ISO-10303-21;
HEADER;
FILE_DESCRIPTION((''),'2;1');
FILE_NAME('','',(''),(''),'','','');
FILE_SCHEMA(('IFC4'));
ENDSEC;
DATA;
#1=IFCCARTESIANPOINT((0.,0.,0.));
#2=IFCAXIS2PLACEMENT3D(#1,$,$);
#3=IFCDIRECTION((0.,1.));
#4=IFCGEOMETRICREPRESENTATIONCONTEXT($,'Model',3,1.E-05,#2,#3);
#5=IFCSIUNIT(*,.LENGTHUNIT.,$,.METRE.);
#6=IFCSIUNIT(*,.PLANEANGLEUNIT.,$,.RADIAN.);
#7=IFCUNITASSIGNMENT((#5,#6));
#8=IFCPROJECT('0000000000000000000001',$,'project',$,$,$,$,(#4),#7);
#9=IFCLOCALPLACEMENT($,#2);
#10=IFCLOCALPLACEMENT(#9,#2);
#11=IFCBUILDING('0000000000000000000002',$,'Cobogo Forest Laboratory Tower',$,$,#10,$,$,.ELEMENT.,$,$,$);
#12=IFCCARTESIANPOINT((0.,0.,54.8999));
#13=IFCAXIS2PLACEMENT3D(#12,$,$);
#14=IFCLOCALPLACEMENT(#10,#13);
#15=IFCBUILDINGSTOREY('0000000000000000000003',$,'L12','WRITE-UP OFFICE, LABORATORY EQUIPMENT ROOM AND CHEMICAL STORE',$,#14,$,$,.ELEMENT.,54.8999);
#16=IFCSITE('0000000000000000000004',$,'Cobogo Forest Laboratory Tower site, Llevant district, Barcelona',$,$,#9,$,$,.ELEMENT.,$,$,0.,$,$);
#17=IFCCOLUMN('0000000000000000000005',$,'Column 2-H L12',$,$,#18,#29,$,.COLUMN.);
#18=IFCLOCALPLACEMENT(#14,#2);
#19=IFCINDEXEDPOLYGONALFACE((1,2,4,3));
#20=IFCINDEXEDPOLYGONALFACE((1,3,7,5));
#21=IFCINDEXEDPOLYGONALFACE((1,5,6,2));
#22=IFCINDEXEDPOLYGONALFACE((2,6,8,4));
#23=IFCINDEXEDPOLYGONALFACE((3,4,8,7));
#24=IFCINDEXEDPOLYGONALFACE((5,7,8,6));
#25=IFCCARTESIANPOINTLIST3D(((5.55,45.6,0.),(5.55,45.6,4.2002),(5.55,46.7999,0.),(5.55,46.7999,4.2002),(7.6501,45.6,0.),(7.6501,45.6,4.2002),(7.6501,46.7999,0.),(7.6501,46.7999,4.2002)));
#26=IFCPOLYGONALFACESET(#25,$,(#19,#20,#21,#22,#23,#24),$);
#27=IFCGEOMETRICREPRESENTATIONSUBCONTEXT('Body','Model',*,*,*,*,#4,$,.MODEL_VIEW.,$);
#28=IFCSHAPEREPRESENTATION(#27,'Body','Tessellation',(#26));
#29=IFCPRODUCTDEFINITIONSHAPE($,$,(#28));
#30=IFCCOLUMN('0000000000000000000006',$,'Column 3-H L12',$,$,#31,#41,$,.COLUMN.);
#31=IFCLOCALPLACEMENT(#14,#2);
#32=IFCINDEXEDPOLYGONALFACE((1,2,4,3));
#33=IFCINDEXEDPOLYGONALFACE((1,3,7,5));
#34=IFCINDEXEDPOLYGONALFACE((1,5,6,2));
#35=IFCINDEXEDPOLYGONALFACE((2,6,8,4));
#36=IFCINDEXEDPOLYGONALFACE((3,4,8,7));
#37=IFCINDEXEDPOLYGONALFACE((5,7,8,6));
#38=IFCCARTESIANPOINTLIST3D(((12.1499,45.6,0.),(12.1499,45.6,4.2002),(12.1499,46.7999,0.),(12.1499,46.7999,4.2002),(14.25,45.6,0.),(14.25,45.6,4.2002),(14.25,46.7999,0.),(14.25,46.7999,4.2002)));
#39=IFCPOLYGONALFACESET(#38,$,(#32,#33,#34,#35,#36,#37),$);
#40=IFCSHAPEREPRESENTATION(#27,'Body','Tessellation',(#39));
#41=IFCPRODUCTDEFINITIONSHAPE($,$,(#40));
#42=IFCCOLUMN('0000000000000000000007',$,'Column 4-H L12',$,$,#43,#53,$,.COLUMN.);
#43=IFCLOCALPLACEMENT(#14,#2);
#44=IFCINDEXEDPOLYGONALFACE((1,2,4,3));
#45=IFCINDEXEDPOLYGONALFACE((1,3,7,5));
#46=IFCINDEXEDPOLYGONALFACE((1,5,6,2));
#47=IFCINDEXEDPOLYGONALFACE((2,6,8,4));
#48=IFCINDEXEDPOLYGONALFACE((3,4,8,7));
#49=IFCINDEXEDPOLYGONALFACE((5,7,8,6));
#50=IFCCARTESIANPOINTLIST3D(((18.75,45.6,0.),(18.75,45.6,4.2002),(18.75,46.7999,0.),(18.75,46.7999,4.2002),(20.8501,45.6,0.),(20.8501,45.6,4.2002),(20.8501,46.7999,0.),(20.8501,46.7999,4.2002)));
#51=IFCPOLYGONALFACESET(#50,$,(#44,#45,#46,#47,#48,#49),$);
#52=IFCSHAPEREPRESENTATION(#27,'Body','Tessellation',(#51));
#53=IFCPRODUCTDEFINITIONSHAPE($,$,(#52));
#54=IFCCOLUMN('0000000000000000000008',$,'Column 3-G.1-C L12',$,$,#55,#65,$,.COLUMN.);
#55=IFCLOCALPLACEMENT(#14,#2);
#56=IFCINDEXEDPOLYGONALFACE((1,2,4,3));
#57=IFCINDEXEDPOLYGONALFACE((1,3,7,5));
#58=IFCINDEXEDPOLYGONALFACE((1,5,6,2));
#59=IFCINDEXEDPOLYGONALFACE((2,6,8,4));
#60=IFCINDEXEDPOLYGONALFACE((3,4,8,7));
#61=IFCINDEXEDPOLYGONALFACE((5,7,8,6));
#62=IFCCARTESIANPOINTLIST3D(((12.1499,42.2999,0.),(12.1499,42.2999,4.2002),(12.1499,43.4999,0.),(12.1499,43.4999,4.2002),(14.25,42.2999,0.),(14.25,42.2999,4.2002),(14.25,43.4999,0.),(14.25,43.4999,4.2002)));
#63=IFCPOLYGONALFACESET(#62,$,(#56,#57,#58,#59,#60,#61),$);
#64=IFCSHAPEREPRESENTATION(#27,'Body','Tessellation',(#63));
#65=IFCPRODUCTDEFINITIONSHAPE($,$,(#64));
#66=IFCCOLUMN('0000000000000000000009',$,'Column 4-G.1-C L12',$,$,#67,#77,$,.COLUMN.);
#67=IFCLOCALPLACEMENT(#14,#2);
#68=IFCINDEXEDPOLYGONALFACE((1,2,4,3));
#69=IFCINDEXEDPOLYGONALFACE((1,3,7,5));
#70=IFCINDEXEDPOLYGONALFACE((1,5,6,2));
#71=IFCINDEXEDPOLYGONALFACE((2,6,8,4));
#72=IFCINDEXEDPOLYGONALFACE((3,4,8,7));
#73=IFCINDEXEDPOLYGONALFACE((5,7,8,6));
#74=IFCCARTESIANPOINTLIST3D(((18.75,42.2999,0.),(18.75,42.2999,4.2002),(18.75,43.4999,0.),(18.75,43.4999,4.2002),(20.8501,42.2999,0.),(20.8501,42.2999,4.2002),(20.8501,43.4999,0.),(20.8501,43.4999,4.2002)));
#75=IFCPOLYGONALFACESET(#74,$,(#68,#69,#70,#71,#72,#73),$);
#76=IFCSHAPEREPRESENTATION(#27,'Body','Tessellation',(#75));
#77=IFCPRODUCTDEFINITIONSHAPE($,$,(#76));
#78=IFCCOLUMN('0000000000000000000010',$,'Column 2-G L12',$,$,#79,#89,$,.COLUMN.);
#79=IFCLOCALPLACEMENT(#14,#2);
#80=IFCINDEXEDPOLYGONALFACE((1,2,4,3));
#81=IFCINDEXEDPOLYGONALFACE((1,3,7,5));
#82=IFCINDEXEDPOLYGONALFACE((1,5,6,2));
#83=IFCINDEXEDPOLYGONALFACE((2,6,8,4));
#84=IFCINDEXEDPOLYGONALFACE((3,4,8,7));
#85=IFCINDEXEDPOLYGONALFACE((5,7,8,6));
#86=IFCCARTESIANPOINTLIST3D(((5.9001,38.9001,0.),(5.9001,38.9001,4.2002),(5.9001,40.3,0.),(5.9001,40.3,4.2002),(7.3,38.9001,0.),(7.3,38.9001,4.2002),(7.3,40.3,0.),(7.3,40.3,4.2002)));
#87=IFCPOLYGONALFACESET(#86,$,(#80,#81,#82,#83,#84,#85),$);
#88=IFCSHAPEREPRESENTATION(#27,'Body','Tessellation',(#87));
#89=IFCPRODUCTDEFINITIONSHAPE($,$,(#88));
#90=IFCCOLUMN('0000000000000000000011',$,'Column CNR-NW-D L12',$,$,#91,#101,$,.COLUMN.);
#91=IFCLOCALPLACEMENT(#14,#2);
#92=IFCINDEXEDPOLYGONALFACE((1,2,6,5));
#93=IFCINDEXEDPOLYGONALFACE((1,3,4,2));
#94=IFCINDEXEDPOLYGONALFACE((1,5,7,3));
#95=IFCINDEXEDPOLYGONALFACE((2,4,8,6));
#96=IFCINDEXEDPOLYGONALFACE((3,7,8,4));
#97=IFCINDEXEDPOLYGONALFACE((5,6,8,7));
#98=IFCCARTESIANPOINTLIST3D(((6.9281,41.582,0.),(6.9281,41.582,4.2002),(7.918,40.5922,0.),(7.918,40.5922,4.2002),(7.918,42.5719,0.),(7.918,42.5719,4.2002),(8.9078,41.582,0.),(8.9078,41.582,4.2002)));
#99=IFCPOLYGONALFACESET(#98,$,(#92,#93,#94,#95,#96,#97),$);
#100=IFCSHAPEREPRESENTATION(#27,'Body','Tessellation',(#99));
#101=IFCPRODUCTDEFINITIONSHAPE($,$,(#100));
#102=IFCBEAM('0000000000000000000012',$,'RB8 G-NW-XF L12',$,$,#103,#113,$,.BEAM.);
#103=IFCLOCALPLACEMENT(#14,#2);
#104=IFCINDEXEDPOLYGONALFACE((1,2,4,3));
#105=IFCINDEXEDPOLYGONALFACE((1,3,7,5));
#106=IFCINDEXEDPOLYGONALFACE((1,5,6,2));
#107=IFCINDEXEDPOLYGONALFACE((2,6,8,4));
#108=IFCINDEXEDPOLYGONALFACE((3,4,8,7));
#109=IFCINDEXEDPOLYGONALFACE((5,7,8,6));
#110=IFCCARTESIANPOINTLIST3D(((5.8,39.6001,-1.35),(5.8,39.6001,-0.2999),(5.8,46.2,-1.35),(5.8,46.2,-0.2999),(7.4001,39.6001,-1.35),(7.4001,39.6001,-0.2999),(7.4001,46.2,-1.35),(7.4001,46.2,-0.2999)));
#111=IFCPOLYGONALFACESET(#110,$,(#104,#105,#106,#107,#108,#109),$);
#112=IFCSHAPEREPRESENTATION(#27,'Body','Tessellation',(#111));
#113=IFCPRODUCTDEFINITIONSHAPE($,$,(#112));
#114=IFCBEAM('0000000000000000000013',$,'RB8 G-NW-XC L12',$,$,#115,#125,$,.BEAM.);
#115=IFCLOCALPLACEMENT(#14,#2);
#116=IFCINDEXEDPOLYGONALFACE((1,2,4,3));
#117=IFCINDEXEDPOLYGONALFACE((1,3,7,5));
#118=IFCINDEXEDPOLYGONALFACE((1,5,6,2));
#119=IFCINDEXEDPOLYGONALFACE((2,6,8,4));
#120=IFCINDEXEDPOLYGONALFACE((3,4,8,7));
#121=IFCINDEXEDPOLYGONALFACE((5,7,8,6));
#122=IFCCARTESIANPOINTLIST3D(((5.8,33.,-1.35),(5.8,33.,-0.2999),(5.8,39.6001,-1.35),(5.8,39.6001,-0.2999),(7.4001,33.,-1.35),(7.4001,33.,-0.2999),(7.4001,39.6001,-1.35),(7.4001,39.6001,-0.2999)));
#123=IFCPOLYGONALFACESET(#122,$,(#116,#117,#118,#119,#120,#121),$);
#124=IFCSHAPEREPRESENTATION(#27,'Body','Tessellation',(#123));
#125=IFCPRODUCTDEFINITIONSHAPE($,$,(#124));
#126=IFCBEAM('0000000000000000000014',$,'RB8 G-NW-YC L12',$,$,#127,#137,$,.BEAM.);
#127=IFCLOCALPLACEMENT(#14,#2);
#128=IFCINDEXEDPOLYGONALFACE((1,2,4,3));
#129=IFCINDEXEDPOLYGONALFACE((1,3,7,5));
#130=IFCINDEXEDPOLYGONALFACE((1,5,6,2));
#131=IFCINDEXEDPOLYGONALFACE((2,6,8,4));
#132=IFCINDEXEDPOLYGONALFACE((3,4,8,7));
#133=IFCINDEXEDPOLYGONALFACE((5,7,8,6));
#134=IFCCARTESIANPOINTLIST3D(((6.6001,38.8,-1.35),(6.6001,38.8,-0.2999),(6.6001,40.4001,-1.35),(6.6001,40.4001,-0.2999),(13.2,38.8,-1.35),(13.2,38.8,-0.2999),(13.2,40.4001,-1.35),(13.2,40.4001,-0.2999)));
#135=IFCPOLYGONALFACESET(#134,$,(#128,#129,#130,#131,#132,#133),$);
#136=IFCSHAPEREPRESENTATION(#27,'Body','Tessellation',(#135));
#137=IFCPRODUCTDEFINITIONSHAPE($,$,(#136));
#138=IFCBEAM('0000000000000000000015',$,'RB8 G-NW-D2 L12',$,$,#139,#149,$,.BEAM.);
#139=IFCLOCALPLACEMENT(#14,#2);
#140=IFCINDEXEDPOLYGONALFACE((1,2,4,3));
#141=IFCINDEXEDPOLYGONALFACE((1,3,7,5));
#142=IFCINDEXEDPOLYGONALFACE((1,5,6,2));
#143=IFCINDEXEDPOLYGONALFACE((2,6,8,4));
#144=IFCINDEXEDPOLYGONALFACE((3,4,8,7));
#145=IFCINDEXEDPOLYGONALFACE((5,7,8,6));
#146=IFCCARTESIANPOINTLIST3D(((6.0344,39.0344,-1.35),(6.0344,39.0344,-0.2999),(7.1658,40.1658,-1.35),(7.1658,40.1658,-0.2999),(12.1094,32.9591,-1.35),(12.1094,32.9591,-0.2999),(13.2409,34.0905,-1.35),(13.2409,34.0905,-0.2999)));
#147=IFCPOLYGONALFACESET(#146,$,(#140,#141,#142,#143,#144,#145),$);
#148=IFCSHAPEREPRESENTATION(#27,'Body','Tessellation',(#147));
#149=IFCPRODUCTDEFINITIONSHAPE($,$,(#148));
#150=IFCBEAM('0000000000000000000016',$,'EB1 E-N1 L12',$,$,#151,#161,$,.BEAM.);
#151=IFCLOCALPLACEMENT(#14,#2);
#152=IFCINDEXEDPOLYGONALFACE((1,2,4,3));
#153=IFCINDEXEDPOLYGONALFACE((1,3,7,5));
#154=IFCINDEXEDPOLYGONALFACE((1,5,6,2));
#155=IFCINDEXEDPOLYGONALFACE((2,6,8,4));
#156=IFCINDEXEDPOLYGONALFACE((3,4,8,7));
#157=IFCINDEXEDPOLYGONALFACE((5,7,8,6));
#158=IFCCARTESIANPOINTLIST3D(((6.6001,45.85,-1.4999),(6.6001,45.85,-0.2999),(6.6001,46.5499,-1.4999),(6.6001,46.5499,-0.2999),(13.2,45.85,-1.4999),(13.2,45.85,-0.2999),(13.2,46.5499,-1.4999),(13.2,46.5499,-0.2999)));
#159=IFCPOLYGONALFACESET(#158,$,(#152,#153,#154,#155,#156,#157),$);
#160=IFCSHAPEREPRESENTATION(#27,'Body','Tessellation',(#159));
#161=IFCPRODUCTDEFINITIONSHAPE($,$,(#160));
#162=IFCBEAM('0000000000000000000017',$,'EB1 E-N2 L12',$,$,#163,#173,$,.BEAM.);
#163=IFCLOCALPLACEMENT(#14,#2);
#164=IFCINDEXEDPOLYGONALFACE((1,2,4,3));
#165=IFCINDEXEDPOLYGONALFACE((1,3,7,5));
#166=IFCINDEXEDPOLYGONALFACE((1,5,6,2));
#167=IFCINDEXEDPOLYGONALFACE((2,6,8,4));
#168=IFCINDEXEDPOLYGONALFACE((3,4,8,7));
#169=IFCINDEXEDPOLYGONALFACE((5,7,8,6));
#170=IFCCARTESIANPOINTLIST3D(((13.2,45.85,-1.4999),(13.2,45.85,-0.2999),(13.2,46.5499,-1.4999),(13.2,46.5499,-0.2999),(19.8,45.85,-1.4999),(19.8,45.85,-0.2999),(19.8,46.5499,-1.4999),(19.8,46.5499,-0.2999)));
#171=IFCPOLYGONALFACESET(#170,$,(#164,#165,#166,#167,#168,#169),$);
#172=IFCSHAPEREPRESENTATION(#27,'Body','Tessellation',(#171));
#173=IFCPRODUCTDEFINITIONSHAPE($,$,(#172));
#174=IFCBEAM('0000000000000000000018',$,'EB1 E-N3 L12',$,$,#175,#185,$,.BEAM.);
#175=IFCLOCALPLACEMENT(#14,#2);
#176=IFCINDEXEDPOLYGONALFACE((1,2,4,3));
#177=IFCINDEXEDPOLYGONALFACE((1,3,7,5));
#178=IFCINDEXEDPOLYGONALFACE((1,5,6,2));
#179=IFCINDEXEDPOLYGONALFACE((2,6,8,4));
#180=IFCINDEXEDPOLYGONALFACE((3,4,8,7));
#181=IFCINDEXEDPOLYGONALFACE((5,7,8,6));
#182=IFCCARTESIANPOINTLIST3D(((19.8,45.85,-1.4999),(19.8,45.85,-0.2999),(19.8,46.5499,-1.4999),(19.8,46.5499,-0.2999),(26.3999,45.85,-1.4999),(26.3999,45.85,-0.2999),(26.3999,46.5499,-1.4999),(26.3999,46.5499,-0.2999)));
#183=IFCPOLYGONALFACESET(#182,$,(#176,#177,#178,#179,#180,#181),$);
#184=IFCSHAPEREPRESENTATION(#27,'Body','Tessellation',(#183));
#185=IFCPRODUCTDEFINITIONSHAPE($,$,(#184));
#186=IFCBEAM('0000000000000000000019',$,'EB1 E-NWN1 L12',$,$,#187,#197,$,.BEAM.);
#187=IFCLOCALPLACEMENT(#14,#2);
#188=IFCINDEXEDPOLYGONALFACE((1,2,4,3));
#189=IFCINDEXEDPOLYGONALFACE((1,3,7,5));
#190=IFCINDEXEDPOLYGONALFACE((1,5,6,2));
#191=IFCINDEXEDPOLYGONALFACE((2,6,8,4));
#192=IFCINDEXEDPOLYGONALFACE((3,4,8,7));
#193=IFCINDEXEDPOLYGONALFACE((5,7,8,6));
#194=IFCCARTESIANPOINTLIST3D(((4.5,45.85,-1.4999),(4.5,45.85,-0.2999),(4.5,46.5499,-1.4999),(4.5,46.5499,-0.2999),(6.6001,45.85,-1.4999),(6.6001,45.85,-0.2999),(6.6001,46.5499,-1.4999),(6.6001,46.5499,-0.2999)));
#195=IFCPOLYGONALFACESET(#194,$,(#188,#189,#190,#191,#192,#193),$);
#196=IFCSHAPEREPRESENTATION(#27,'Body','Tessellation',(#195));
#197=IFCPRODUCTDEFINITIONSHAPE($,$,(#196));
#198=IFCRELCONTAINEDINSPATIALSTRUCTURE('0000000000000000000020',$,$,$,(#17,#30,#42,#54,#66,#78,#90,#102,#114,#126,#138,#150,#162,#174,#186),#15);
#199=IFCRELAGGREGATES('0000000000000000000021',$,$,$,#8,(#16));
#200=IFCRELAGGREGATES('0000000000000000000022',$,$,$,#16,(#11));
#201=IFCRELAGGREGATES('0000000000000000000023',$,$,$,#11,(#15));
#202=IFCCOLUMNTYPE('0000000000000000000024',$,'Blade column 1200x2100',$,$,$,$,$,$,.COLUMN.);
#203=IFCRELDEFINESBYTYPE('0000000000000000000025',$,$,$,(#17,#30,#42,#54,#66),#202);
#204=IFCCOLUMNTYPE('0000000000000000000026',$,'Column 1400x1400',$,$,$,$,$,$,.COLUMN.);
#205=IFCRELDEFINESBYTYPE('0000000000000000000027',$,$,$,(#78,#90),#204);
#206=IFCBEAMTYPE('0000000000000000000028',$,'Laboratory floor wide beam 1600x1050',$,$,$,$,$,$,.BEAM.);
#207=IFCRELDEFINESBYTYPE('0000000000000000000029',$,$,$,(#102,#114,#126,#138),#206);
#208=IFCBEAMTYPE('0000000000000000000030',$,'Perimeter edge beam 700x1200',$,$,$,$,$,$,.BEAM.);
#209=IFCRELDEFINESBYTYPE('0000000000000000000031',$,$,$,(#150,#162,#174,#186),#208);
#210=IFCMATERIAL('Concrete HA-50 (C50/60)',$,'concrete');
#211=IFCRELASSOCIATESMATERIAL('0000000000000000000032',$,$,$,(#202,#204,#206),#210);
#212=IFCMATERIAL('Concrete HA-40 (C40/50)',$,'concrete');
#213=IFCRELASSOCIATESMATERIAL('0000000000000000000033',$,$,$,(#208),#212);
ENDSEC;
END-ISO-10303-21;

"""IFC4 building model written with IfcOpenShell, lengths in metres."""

from ifc_helpers import new_model, si_unit, direction, frame, origin, origin_2d, place, context, subcontext, project, spatial, rectangle, extrude, material, material_profile, profile_set, type_object, element, save


model = new_model("IFC4")

# Units and contexts
model_context = context("Model", 3, precision=1e-05, world=origin(), true_north=direction((0.0, 1.0)))
body_context = subcontext(model_context, "Body", "Model", "MODEL_VIEW")
ifc_project = project(units=[si_unit("LENGTHUNIT", "METRE"), si_unit("PLANEANGLEUNIT", "RADIAN")], contexts=[model_context])

# Site, building, storey
site_placement = place(None, origin())
site = spatial("IfcSite", under=ifc_project, at=site_placement, Name="Cobogo Forest Laboratory Tower site, Llevant district, Barcelona", CompositionType="ELEMENT", RefElevation=0.0)
building_placement = place(site_placement, origin())
building = spatial("IfcBuilding", under=site, at=building_placement, Name="Cobogo Forest Laboratory Tower", CompositionType="ELEMENT")
storey_placement = place(building_placement, frame((0.0, 0.0, 54.8999)))
storey = spatial("IfcBuildingStorey", under=building, at=storey_placement, Name="L12", Description="WRITE-UP OFFICE, LABORATORY EQUIPMENT ROOM AND CHEMICAL STORE", CompositionType="ELEMENT", Elevation=54.8999)

# Columns
ifc_material_1 = material(Name="Concrete HA-50 (C50/60)", Category="concrete")
ifc_material_profile_1 = material_profile(ifc_material_1, rectangle(XDim=2.1001, YDim=1.2, at=origin_2d()), Name="RC 1200x2100")
ifc_profile_set_1 = profile_set([ifc_material_profile_1], Name="Concrete HA-50 (C50/60)")
column_type_1 = type_object("IfcColumnType", Name="Blade column 1200x2100", PredefinedType="COLUMN", material=ifc_profile_set_1)
for number, where, z_axis, x_axis, name in (
    (1, (6.6001, 46.2, 0.0), (0.0, 0.0, 1.0), (1.0, 0.0, 0.0), "Column 2-H L12"),
    (2, (13.2, 46.2, 0.0), (0.0, 0.0, 1.0), (1.0, 0.0, 0.0), "Column 3-H L12"),
    (3, (19.8, 46.2, 0.0), (0.0, 0.0, 1.0), (1.0, 0.0, 0.0), "Column 4-H L12"),
    (4, (13.2, 42.8999, 0.0), (0.0, 0.0, 1.0), (1.0, 0.0, 0.0), "Column 3-G.1-C L12"),
    (5, (19.8, 42.8999, 0.0), (0.0, 0.0, 1.0), (1.0, 0.0, 0.0), "Column 4-G.1-C L12"),
):
    element("IfcColumn", number, at=place(storey_placement, frame(where, z_axis=z_axis, x_axis=x_axis)), inside=storey, type_object=column_type_1, Name=name, PredefinedType="COLUMN", context=body_context, shape_type="SweptSolid", body=[
        extrude(rectangle(XDim=2.1001, YDim=1.2, at=origin_2d()), origin(), (0.0, 0.0, 1.0), 4.2002),
    ])
ifc_material_profile_2 = material_profile(ifc_material_1, rectangle(XDim=1.3999, YDim=1.3999, at=origin_2d()), Name="RC 1400x1400")
ifc_profile_set_2 = profile_set([ifc_material_profile_2], Name="Concrete HA-50 (C50/60)")
column_type_2 = type_object("IfcColumnType", Name="Column 1400x1400", PredefinedType="COLUMN", material=ifc_profile_set_2)
for number, where, z_axis, x_axis, name in (
    (6, (6.6001, 39.6001, 0.0), (0.0, 0.0, 1.0), (1.0, 0.0, 0.0), "Column 2-G L12"),
    (7, (7.918, 41.582, 0.0), (0.0, 0.0, 1.0), (0.707107, 0.707107, 0.0), "Column CNR-NW-D L12"),
):
    element("IfcColumn", number, at=place(storey_placement, frame(where, z_axis=z_axis, x_axis=x_axis)), inside=storey, type_object=column_type_2, Name=name, PredefinedType="COLUMN", context=body_context, shape_type="SweptSolid", body=[
        extrude(rectangle(XDim=1.3999, YDim=1.3999, at=origin_2d()), origin(), (0.0, 0.0, 1.0), 4.2002),
    ])

# Beams
ifc_material_profile_3 = material_profile(ifc_material_1, rectangle(XDim=1.6001, YDim=1.05, at=origin_2d()), Name="RC 1600x1050")
ifc_profile_set_3 = profile_set([ifc_material_profile_3], Name="Concrete HA-50 (C50/60)")
beam_type_1 = type_object("IfcBeamType", Name="Laboratory floor wide beam 1600x1050", PredefinedType="BEAM", material=ifc_profile_set_3)
beam_1_placement = place(storey_placement, frame((6.6001, 46.2, -0.825), z_axis=(0.0, -1.0, 0.0), x_axis=(1.0, 0.0, 0.0)))
element("IfcBeam", 8, at=beam_1_placement, inside=storey, type_object=beam_type_1, Name="RB8 G-NW-XF L12", PredefinedType="BEAM", context=body_context, shape_type="SweptSolid", body=[
    extrude(rectangle(XDim=1.6001, YDim=1.05, at=origin_2d()), origin(), (0.0, 0.0, 1.0), 6.5999),
])
beam_2_placement = place(storey_placement, frame((6.6001, 39.6001, -0.825), z_axis=(0.0, -1.0, 0.0), x_axis=(1.0, 0.0, 0.0)))
element("IfcBeam", 9, at=beam_2_placement, inside=storey, type_object=beam_type_1, Name="RB8 G-NW-XC L12", PredefinedType="BEAM", context=body_context, shape_type="SweptSolid", body=[
    extrude(rectangle(XDim=1.6001, YDim=1.05, at=origin_2d()), origin(), (0.0, 0.0, 1.0), 6.6001),
])
beam_3_placement = place(storey_placement, frame((6.6001, 39.6001, -0.825), z_axis=(1.0, 0.0, 0.0), x_axis=(0.0, 1.0, 0.0)))
element("IfcBeam", 10, at=beam_3_placement, inside=storey, type_object=beam_type_1, Name="RB8 G-NW-YC L12", PredefinedType="BEAM", context=body_context, shape_type="SweptSolid", body=[
    extrude(rectangle(XDim=1.6001, YDim=1.05, at=origin_2d()), origin(), (0.0, 0.0, 1.0), 6.5999),
])
beam_4_placement = place(storey_placement, frame((6.6001, 39.6001, -0.825), z_axis=(0.707093, -0.707121, 0.0), x_axis=(0.707121, 0.707093, 0.0)))
element("IfcBeam", 11, at=beam_4_placement, inside=storey, type_object=beam_type_1, Name="RB8 G-NW-D2 L12", PredefinedType="BEAM", context=body_context, shape_type="SweptSolid", body=[
    extrude(rectangle(XDim=1.6001, YDim=1.05, at=origin_2d()), origin(), (0.0, 0.0, 1.0), 8.5916),
])
ifc_material_2 = material(Name="Concrete HA-40 (C40/50)", Category="concrete")
ifc_material_profile_4 = material_profile(ifc_material_2, rectangle(XDim=0.7, YDim=1.2, at=origin_2d()), Name="RC 700x1200")
ifc_profile_set_4 = profile_set([ifc_material_profile_4], Name="Concrete HA-40 (C40/50)")
beam_type_2 = type_object("IfcBeamType", Name="Perimeter edge beam 700x1200", PredefinedType="BEAM", material=ifc_profile_set_4)
beam_5_placement = place(storey_placement, frame((6.6001, 46.2, -0.8999), z_axis=(1.0, 0.0, 0.0), x_axis=(0.0, 1.0, 0.0)))
element("IfcBeam", 12, at=beam_5_placement, inside=storey, type_object=beam_type_2, Name="EB1 E-N1 L12", PredefinedType="BEAM", context=body_context, shape_type="SweptSolid", body=[
    extrude(rectangle(XDim=0.7, YDim=1.2, at=origin_2d()), origin(), (0.0, 0.0, 1.0), 6.5999),
])
beam_6_placement = place(storey_placement, frame((13.2, 46.2, -0.8999), z_axis=(1.0, 0.0, 0.0), x_axis=(0.0, 1.0, 0.0)))
element("IfcBeam", 13, at=beam_6_placement, inside=storey, type_object=beam_type_2, Name="EB1 E-N2 L12", PredefinedType="BEAM", context=body_context, shape_type="SweptSolid", body=[
    extrude(rectangle(XDim=0.7, YDim=1.2, at=origin_2d()), origin(), (0.0, 0.0, 1.0), 6.6001),
])
beam_7_placement = place(storey_placement, frame((19.8, 46.2, -0.8999), z_axis=(1.0, 0.0, 0.0), x_axis=(0.0, 1.0, 0.0)))
element("IfcBeam", 14, at=beam_7_placement, inside=storey, type_object=beam_type_2, Name="EB1 E-N3 L12", PredefinedType="BEAM", context=body_context, shape_type="SweptSolid", body=[
    extrude(rectangle(XDim=0.7, YDim=1.2, at=origin_2d()), origin(), (0.0, 0.0, 1.0), 6.5999),
])
beam_8_placement = place(storey_placement, frame((6.6001, 46.2, -0.8999), z_axis=(-1.0, 0.0, 0.0), x_axis=(0.0, -1.0, 0.0)))
element("IfcBeam", 15, at=beam_8_placement, inside=storey, type_object=beam_type_2, Name="EB1 E-NWN1 L12", PredefinedType="BEAM", context=body_context, shape_type="SweptSolid", body=[
    extrude(rectangle(XDim=0.7, YDim=1.2, at=origin_2d()), origin(), (0.0, 0.0, 1.0), 2.1001),
])

save(model, "model.ifc")
